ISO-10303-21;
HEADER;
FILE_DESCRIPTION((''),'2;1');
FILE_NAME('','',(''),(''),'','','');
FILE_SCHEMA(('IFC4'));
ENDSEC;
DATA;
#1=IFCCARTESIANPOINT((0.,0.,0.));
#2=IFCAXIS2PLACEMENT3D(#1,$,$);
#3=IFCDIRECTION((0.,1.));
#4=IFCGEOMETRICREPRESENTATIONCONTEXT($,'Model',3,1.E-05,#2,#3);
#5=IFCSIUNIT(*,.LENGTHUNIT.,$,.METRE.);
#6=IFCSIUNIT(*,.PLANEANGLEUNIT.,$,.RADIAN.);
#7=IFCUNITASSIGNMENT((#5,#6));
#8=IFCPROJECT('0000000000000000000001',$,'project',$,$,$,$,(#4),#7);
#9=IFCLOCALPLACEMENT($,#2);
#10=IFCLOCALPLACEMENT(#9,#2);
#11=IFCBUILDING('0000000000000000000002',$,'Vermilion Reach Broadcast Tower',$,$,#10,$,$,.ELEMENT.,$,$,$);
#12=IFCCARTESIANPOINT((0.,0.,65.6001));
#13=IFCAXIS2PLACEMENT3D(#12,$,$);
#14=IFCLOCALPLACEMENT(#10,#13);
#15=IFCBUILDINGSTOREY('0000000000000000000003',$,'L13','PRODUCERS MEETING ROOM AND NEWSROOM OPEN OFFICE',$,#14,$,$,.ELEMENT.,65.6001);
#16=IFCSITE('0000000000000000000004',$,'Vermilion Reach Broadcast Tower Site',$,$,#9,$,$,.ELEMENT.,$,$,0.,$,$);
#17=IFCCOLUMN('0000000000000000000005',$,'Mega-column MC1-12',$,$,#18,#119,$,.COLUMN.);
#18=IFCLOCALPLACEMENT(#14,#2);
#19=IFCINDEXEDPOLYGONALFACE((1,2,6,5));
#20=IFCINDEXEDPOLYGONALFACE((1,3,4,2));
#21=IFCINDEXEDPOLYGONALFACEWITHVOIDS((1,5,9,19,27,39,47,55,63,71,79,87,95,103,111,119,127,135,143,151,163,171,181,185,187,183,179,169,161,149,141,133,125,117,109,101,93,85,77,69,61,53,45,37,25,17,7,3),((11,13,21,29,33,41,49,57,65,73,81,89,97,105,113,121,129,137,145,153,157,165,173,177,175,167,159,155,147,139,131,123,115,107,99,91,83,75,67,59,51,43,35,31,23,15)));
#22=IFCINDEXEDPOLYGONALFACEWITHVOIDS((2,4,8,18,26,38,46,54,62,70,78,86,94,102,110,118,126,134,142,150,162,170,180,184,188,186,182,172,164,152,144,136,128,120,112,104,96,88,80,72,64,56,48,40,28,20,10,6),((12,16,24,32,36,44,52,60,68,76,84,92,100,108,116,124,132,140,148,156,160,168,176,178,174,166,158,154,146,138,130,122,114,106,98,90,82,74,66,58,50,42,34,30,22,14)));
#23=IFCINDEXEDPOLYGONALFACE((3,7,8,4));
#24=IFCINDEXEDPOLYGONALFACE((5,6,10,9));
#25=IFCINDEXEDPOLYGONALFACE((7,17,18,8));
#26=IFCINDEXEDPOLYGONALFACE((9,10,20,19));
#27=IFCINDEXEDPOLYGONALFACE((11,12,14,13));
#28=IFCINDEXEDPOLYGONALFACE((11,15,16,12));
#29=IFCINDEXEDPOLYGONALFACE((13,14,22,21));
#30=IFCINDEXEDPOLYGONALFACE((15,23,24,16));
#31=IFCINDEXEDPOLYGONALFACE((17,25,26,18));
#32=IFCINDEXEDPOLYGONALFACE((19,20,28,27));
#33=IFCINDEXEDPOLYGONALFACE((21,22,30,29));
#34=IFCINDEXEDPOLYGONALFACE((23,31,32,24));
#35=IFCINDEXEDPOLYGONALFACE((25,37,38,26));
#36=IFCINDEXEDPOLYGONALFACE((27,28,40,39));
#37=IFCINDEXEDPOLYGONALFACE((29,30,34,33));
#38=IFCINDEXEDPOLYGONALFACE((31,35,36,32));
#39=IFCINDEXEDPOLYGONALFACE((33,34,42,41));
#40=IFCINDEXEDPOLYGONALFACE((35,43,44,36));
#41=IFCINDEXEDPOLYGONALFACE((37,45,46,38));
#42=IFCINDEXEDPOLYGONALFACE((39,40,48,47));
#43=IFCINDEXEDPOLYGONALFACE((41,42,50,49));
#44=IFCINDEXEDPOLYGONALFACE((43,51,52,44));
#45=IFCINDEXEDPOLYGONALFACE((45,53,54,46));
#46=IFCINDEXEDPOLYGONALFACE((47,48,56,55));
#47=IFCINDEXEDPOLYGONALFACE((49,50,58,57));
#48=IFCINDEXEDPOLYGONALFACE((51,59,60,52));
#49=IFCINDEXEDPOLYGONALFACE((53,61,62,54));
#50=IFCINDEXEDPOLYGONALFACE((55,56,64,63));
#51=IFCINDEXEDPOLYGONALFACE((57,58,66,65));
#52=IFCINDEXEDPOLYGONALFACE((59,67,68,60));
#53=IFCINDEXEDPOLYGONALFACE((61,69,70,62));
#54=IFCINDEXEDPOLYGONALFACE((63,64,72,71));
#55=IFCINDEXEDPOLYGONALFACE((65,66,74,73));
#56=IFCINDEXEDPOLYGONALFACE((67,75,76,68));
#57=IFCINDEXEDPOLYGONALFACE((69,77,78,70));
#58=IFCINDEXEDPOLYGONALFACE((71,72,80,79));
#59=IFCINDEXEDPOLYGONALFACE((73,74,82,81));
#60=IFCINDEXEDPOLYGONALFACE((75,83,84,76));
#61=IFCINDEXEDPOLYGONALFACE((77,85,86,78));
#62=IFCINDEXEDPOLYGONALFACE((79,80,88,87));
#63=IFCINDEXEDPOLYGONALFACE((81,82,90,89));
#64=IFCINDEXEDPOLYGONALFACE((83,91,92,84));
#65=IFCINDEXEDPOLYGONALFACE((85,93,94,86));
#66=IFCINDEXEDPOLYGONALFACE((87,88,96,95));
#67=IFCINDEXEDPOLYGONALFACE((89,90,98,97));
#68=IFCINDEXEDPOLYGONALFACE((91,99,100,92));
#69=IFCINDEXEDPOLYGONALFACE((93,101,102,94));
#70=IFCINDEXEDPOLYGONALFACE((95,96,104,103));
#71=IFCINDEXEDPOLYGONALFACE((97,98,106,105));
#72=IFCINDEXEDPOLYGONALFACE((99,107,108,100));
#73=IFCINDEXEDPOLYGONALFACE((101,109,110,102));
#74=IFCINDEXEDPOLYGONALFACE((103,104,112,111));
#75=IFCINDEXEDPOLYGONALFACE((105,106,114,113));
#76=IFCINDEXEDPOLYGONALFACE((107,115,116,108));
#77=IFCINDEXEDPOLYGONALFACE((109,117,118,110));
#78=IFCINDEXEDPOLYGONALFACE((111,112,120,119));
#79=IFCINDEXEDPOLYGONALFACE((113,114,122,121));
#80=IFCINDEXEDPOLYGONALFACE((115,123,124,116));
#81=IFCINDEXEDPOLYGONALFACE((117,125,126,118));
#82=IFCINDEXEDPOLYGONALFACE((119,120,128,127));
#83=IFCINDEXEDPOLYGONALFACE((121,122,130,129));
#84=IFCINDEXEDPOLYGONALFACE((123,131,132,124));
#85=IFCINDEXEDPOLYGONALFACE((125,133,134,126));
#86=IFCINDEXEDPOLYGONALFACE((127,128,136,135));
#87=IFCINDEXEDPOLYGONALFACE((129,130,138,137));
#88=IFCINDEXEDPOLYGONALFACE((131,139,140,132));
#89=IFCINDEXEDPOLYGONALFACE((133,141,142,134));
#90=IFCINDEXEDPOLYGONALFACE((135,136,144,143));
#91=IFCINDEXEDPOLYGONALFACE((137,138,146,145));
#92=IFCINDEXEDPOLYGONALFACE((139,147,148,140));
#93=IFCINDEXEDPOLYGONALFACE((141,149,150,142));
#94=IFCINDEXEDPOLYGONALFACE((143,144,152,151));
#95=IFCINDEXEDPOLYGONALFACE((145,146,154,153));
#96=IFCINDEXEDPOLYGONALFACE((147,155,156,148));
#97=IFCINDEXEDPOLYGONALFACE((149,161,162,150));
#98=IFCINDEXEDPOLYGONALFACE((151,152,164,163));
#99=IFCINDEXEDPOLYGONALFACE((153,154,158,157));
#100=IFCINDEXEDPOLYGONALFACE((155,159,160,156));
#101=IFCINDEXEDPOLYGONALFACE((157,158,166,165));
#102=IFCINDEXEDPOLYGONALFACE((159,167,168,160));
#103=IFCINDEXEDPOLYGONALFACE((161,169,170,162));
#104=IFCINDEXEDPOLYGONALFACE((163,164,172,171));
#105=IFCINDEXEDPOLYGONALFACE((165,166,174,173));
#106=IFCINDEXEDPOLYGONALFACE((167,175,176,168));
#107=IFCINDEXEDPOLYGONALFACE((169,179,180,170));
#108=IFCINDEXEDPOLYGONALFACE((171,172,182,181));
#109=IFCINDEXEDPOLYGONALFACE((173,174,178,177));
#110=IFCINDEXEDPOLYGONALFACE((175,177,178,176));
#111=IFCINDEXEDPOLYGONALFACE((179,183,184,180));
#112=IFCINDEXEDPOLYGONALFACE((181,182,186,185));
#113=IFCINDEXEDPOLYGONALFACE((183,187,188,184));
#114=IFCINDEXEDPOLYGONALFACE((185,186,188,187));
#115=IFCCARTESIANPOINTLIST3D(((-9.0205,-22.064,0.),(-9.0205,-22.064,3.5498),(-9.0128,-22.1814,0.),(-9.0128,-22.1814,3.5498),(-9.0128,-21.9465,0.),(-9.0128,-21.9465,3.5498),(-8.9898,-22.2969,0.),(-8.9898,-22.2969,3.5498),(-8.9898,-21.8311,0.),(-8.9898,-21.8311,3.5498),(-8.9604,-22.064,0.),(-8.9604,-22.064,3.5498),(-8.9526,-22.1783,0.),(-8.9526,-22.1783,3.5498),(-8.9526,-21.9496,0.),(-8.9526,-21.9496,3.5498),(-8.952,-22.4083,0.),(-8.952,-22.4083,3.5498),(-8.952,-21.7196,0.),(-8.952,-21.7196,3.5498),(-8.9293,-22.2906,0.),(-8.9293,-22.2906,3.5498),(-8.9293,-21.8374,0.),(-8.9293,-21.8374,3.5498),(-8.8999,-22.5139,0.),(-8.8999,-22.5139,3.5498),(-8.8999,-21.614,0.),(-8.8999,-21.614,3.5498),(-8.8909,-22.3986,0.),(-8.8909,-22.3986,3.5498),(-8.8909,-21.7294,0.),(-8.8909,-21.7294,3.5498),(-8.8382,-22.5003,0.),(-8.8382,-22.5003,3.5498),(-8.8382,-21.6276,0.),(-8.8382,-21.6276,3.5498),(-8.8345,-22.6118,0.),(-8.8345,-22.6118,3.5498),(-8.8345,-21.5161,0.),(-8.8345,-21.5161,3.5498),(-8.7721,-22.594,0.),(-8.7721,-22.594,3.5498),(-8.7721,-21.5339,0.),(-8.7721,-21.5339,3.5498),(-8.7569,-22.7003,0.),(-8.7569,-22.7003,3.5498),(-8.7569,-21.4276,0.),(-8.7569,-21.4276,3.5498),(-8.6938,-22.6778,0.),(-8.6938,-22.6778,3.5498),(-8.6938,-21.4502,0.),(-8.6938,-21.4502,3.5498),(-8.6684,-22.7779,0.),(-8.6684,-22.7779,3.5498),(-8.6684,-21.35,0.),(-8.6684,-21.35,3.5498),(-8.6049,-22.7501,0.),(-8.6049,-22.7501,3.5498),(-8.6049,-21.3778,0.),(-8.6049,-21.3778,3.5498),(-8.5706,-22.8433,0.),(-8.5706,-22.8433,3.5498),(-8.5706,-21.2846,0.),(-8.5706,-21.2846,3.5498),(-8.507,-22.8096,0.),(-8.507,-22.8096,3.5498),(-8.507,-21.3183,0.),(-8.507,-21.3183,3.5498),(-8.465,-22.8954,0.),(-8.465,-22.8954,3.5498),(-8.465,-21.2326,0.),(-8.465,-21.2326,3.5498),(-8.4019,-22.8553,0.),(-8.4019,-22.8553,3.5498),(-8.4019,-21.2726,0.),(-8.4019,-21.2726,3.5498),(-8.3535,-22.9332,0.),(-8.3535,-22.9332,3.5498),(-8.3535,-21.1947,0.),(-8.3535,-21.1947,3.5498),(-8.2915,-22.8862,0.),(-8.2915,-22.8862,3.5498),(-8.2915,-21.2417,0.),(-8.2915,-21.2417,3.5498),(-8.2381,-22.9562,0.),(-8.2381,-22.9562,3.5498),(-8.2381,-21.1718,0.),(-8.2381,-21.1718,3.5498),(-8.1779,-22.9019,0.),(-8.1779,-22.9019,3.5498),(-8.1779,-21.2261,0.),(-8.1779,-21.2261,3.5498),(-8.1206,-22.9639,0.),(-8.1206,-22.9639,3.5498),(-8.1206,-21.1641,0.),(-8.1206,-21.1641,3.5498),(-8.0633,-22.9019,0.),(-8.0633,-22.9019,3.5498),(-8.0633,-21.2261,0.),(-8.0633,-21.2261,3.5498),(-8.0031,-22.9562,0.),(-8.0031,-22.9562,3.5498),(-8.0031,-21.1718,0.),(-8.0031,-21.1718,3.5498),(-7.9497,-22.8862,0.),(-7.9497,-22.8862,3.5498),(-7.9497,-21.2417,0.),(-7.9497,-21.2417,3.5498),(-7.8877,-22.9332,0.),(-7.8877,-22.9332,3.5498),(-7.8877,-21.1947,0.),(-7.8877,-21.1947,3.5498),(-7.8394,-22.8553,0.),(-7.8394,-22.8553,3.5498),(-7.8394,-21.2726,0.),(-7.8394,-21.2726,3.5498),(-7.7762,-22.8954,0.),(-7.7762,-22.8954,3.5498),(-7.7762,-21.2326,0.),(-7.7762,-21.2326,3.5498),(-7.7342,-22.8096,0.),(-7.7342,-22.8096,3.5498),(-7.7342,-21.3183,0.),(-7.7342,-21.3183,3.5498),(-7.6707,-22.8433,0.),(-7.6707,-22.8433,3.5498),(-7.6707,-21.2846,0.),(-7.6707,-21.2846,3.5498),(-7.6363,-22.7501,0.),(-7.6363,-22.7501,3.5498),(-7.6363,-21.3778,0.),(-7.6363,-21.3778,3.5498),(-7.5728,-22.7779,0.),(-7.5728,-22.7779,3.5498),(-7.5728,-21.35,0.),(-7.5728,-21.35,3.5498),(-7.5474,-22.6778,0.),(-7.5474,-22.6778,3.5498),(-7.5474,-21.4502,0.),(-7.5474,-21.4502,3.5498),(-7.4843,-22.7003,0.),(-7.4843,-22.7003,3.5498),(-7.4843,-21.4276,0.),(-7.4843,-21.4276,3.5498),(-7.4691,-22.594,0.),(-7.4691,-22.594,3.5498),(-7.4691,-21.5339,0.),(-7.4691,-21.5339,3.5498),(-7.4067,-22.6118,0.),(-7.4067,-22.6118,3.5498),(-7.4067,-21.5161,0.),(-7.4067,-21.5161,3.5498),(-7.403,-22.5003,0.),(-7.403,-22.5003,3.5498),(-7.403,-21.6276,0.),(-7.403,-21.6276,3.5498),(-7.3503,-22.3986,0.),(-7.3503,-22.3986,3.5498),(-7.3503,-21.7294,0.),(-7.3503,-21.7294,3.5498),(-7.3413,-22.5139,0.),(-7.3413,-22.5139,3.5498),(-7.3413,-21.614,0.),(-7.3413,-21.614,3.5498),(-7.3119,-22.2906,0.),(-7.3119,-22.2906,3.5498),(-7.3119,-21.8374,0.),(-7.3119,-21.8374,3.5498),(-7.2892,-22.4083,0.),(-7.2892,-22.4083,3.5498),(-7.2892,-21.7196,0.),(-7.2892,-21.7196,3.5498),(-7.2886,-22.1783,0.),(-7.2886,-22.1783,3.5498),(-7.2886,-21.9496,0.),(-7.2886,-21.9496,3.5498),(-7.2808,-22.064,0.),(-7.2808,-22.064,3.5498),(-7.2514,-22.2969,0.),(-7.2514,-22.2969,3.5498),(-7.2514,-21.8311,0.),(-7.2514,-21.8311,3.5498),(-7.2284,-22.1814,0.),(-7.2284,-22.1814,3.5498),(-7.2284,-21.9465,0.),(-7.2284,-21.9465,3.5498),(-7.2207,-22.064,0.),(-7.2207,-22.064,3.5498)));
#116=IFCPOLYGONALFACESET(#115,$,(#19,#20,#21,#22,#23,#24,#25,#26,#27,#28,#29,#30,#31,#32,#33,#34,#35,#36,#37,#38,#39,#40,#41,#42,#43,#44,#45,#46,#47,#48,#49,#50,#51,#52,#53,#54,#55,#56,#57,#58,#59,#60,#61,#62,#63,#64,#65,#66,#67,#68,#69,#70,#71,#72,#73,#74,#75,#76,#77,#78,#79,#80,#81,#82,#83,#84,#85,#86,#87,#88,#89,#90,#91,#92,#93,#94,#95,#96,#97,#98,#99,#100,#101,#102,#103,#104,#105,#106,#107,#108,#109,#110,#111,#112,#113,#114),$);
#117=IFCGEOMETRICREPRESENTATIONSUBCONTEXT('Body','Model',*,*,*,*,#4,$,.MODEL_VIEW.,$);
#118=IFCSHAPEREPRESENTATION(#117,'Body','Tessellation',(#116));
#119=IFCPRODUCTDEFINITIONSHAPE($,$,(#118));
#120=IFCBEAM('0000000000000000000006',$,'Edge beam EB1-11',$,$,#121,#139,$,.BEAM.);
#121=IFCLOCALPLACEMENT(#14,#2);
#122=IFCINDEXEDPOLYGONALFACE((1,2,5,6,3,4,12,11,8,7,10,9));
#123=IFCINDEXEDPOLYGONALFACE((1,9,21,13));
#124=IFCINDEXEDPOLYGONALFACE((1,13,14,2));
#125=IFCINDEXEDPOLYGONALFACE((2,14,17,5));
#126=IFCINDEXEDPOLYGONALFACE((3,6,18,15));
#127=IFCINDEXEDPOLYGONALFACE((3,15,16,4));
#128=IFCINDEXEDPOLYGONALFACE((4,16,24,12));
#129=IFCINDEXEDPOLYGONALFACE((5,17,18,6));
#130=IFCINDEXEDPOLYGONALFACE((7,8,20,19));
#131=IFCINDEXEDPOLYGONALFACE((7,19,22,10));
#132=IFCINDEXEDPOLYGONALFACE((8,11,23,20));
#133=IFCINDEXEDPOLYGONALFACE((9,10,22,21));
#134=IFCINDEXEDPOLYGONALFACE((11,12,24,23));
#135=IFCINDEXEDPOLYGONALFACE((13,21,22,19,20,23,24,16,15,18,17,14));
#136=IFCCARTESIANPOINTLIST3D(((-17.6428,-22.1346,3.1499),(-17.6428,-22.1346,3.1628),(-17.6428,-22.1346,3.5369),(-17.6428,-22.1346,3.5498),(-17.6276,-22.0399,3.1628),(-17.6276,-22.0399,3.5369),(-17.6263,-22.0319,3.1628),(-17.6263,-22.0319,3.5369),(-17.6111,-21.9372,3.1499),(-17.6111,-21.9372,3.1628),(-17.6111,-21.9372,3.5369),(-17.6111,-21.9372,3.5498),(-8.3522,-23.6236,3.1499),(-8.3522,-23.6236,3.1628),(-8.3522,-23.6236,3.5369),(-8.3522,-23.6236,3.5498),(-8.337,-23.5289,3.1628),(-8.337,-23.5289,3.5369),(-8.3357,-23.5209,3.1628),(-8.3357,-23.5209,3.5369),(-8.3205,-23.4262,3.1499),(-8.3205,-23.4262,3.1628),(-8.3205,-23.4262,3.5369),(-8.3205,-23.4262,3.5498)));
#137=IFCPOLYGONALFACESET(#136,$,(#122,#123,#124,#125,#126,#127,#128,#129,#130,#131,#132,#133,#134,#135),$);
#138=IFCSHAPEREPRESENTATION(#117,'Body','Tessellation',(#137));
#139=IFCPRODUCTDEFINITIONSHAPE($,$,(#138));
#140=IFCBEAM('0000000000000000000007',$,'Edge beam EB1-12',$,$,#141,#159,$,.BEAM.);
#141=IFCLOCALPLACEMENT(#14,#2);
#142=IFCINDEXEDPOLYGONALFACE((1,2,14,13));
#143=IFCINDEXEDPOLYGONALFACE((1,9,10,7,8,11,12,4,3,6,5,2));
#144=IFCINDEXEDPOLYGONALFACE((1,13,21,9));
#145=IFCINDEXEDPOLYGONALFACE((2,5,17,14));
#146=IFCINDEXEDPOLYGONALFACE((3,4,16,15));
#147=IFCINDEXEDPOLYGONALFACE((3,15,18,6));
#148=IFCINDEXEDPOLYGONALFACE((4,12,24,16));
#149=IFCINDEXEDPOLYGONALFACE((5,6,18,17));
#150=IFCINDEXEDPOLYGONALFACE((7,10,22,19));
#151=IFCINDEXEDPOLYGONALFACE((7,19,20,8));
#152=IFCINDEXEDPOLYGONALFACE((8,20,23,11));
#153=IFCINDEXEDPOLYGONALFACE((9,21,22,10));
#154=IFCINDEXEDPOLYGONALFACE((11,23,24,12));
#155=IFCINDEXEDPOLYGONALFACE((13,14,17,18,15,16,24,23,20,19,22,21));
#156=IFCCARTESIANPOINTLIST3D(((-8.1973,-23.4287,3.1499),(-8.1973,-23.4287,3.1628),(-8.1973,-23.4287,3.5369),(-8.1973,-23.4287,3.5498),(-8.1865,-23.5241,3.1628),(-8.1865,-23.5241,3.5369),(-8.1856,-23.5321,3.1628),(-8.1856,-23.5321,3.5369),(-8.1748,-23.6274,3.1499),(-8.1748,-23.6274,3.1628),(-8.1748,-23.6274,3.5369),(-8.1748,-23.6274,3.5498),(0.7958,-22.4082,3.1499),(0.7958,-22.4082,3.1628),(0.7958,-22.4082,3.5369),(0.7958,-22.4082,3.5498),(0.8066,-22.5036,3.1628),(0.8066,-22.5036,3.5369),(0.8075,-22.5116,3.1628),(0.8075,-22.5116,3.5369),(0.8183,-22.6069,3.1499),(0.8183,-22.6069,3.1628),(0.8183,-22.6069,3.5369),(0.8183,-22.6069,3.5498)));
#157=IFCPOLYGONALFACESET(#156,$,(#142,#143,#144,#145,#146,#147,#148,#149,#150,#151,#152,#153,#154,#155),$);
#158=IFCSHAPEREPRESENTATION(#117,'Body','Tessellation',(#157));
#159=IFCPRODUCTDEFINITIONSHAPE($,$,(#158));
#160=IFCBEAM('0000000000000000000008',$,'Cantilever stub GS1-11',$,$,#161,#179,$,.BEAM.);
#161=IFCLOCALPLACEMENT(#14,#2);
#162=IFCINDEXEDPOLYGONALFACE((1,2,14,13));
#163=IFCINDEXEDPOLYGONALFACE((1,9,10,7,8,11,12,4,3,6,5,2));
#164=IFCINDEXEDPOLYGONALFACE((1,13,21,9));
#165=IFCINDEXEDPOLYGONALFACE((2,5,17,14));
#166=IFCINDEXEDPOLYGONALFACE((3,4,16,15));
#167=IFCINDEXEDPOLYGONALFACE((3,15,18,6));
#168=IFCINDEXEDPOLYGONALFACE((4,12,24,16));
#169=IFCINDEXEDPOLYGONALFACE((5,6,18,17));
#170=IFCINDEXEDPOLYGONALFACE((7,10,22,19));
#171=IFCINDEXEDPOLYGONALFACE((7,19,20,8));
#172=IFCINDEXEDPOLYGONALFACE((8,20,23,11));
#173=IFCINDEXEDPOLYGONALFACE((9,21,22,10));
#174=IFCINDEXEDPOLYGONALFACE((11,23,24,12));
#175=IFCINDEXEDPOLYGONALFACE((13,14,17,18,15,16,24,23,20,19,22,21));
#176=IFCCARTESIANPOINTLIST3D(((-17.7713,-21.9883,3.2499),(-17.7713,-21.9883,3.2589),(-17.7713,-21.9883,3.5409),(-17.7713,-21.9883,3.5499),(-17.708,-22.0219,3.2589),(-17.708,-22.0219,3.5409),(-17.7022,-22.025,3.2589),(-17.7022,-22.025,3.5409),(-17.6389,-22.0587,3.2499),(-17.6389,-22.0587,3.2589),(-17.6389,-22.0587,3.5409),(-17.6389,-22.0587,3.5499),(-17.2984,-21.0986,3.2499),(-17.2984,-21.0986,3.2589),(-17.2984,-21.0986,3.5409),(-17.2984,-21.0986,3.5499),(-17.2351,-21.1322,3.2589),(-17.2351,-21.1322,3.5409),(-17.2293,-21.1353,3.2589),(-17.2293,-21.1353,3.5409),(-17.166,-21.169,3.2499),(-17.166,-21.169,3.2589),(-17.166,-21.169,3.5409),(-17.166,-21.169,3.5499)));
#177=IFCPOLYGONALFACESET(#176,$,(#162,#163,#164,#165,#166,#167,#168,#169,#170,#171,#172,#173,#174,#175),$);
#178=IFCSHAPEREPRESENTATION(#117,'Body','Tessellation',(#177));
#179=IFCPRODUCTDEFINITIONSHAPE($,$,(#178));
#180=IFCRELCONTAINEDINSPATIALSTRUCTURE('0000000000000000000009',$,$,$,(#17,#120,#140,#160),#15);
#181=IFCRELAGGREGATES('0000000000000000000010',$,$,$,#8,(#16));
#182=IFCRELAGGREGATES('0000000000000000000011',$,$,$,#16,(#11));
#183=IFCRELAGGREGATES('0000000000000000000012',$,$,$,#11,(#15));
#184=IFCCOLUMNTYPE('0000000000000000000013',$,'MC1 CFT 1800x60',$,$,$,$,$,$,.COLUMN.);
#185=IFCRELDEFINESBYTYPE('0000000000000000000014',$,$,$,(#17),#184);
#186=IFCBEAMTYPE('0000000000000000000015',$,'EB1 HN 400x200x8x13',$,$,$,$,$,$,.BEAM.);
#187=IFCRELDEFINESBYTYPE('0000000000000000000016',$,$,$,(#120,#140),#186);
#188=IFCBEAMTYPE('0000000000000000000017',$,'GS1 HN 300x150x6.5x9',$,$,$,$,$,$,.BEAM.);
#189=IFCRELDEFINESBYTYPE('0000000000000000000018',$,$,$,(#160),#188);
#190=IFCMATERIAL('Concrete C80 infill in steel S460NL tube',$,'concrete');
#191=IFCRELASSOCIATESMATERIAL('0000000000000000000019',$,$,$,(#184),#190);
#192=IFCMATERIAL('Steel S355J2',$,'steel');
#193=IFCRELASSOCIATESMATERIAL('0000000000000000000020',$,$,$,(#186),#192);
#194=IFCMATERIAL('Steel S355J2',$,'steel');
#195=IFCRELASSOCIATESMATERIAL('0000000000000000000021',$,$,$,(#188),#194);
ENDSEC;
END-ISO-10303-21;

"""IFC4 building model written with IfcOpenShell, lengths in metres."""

from ifc_helpers import new_model, si_unit, direction, frame, origin, origin_2d, place, context, subcontext, project, spatial, hollow_circle, i_section, extrude, material, material_profile, profile_set, type_object, element, save


model = new_model("IFC4")

# Units and contexts
model_context = context("Model", 3, precision=1e-05, world=origin(), true_north=direction((0.0, 1.0)))
body_context = subcontext(model_context, "Body", "Model", "MODEL_VIEW")
ifc_project = project(units=[si_unit("LENGTHUNIT", "METRE"), si_unit("PLANEANGLEUNIT", "RADIAN")], contexts=[model_context])

# Site, building, storey
site_placement = place(None, origin())
site = spatial("IfcSite", under=ifc_project, at=site_placement, Name="Vermilion Reach Broadcast Tower Site", CompositionType="ELEMENT", RefElevation=0.0)
building_placement = place(site_placement, origin())
building = spatial("IfcBuilding", under=site, at=building_placement, Name="Vermilion Reach Broadcast Tower", CompositionType="ELEMENT")
storey_placement = place(building_placement, frame((0.0, 0.0, 65.6001)))
storey = spatial("IfcBuildingStorey", under=building, at=storey_placement, Name="L13", Description="PRODUCERS MEETING ROOM AND NEWSROOM OPEN OFFICE", CompositionType="ELEMENT", Elevation=65.6001)

# Column
ifc_material_1 = material(Name="Concrete C80 infill in steel S460NL tube", Category="concrete")
ifc_material_profile_1 = material_profile(ifc_material_1, hollow_circle(Radius=0.8999, WallThickness=0.0601, at=origin_2d()), Name="Concrete C80 infill in steel S460NL tube CFT 1800x60")
ifc_profile_set_1 = profile_set([ifc_material_profile_1], Name="Concrete C80 infill in steel S460NL tube")
column_type = type_object("IfcColumnType", Name="MC1 CFT 1800x60", PredefinedType="COLUMN", material=ifc_profile_set_1)
for number, where, z_axis, x_axis, name in (
    (1, (-8.1206, -22.064, 0.0), (0.0, 0.0, 1.0), (1.0, 0.0, 0.0), "Mega-column MC1-12"),
):
    element("IfcColumn", number, at=place(storey_placement, frame(where, z_axis=z_axis, x_axis=x_axis)), inside=storey, type_object=column_type, Name=name, PredefinedType="COLUMN", context=body_context, shape_type="SweptSolid", body=[
        extrude(hollow_circle(Radius=0.8999, WallThickness=0.0601, at=origin_2d()), origin(), (0.0, 0.0, 1.0), 3.5498),
    ])

# Beams
ifc_material_2 = material(Name="Steel S355J2", Category="steel")
ifc_material_profile_2 = material_profile(ifc_material_2, i_section(OverallWidth=0.2, OverallDepth=0.3999, WebThickness=0.0081, FlangeThickness=0.0129, at=origin_2d()), Name="S355J2 HN 400x200x8x13")
ifc_profile_set_2 = profile_set([ifc_material_profile_2], Name="Steel S355J2")
beam_type_1 = type_object("IfcBeamType", Name="EB1 HN 400x200x8x13", PredefinedType="BEAM", material=ifc_profile_set_2)
beam_1_placement = place(storey_placement, frame((-17.627, -22.0359, 3.3499), z_axis=(0.987399, -0.158253, 0.0), x_axis=(0.158253, 0.987399, 0.0)))
element("IfcBeam", 2, at=beam_1_placement, inside=storey, type_object=beam_type_1, Name="Edge beam EB1-11", PredefinedType="BEAM", context=body_context, shape_type="SweptSolid", body=[
    extrude(i_section(OverallWidth=0.2, OverallDepth=0.3999, WebThickness=0.0081, FlangeThickness=0.0129, at=origin_2d()), origin(), (0.0, 0.0, 1.0), 9.4092),
])
beam_2_placement = place(storey_placement, frame((-8.186, -23.5281, 3.3499), z_axis=(0.993623, 0.112752, 0.0), x_axis=(-0.112752, 0.993623, 0.0)))
element("IfcBeam", 3, at=beam_2_placement, inside=storey, type_object=beam_type_1, Name="Edge beam EB1-12", PredefinedType="BEAM", context=body_context, shape_type="SweptSolid", body=[
    extrude(i_section(OverallWidth=0.2, OverallDepth=0.3999, WebThickness=0.0081, FlangeThickness=0.0129, at=origin_2d()), origin(), (0.0, 0.0, 1.0), 9.0508),
])
ifc_material_3 = material(Name="Steel S355J2", Category="steel")
ifc_material_profile_3 = material_profile(ifc_material_3, i_section(OverallWidth=0.1499, OverallDepth=0.3, WebThickness=0.0066, FlangeThickness=0.009, at=origin_2d()), Name="S355J2 HN 300x150x6.5x9")
ifc_profile_set_3 = profile_set([ifc_material_profile_3], Name="Steel S355J2")
beam_type_2 = type_object("IfcBeamType", Name="GS1 HN 300x150x6.5x9", PredefinedType="BEAM", material=ifc_profile_set_3)
beam_3_placement = place(storey_placement, frame((-17.2322, -21.1338, 3.3999), z_axis=(-0.469368, -0.883003, 0.0), x_axis=(0.883003, -0.469368, 0.0)))
element("IfcBeam", 4, at=beam_3_placement, inside=storey, type_object=beam_type_2, Name="Cantilever stub GS1-11", PredefinedType="BEAM", context=body_context, shape_type="SweptSolid", body=[
    extrude(i_section(OverallWidth=0.1499, OverallDepth=0.3, WebThickness=0.0066, FlangeThickness=0.009, at=origin_2d()), origin(), (0.0, 0.0, 1.0), 1.0076),
])

save(model, "model.ifc")
